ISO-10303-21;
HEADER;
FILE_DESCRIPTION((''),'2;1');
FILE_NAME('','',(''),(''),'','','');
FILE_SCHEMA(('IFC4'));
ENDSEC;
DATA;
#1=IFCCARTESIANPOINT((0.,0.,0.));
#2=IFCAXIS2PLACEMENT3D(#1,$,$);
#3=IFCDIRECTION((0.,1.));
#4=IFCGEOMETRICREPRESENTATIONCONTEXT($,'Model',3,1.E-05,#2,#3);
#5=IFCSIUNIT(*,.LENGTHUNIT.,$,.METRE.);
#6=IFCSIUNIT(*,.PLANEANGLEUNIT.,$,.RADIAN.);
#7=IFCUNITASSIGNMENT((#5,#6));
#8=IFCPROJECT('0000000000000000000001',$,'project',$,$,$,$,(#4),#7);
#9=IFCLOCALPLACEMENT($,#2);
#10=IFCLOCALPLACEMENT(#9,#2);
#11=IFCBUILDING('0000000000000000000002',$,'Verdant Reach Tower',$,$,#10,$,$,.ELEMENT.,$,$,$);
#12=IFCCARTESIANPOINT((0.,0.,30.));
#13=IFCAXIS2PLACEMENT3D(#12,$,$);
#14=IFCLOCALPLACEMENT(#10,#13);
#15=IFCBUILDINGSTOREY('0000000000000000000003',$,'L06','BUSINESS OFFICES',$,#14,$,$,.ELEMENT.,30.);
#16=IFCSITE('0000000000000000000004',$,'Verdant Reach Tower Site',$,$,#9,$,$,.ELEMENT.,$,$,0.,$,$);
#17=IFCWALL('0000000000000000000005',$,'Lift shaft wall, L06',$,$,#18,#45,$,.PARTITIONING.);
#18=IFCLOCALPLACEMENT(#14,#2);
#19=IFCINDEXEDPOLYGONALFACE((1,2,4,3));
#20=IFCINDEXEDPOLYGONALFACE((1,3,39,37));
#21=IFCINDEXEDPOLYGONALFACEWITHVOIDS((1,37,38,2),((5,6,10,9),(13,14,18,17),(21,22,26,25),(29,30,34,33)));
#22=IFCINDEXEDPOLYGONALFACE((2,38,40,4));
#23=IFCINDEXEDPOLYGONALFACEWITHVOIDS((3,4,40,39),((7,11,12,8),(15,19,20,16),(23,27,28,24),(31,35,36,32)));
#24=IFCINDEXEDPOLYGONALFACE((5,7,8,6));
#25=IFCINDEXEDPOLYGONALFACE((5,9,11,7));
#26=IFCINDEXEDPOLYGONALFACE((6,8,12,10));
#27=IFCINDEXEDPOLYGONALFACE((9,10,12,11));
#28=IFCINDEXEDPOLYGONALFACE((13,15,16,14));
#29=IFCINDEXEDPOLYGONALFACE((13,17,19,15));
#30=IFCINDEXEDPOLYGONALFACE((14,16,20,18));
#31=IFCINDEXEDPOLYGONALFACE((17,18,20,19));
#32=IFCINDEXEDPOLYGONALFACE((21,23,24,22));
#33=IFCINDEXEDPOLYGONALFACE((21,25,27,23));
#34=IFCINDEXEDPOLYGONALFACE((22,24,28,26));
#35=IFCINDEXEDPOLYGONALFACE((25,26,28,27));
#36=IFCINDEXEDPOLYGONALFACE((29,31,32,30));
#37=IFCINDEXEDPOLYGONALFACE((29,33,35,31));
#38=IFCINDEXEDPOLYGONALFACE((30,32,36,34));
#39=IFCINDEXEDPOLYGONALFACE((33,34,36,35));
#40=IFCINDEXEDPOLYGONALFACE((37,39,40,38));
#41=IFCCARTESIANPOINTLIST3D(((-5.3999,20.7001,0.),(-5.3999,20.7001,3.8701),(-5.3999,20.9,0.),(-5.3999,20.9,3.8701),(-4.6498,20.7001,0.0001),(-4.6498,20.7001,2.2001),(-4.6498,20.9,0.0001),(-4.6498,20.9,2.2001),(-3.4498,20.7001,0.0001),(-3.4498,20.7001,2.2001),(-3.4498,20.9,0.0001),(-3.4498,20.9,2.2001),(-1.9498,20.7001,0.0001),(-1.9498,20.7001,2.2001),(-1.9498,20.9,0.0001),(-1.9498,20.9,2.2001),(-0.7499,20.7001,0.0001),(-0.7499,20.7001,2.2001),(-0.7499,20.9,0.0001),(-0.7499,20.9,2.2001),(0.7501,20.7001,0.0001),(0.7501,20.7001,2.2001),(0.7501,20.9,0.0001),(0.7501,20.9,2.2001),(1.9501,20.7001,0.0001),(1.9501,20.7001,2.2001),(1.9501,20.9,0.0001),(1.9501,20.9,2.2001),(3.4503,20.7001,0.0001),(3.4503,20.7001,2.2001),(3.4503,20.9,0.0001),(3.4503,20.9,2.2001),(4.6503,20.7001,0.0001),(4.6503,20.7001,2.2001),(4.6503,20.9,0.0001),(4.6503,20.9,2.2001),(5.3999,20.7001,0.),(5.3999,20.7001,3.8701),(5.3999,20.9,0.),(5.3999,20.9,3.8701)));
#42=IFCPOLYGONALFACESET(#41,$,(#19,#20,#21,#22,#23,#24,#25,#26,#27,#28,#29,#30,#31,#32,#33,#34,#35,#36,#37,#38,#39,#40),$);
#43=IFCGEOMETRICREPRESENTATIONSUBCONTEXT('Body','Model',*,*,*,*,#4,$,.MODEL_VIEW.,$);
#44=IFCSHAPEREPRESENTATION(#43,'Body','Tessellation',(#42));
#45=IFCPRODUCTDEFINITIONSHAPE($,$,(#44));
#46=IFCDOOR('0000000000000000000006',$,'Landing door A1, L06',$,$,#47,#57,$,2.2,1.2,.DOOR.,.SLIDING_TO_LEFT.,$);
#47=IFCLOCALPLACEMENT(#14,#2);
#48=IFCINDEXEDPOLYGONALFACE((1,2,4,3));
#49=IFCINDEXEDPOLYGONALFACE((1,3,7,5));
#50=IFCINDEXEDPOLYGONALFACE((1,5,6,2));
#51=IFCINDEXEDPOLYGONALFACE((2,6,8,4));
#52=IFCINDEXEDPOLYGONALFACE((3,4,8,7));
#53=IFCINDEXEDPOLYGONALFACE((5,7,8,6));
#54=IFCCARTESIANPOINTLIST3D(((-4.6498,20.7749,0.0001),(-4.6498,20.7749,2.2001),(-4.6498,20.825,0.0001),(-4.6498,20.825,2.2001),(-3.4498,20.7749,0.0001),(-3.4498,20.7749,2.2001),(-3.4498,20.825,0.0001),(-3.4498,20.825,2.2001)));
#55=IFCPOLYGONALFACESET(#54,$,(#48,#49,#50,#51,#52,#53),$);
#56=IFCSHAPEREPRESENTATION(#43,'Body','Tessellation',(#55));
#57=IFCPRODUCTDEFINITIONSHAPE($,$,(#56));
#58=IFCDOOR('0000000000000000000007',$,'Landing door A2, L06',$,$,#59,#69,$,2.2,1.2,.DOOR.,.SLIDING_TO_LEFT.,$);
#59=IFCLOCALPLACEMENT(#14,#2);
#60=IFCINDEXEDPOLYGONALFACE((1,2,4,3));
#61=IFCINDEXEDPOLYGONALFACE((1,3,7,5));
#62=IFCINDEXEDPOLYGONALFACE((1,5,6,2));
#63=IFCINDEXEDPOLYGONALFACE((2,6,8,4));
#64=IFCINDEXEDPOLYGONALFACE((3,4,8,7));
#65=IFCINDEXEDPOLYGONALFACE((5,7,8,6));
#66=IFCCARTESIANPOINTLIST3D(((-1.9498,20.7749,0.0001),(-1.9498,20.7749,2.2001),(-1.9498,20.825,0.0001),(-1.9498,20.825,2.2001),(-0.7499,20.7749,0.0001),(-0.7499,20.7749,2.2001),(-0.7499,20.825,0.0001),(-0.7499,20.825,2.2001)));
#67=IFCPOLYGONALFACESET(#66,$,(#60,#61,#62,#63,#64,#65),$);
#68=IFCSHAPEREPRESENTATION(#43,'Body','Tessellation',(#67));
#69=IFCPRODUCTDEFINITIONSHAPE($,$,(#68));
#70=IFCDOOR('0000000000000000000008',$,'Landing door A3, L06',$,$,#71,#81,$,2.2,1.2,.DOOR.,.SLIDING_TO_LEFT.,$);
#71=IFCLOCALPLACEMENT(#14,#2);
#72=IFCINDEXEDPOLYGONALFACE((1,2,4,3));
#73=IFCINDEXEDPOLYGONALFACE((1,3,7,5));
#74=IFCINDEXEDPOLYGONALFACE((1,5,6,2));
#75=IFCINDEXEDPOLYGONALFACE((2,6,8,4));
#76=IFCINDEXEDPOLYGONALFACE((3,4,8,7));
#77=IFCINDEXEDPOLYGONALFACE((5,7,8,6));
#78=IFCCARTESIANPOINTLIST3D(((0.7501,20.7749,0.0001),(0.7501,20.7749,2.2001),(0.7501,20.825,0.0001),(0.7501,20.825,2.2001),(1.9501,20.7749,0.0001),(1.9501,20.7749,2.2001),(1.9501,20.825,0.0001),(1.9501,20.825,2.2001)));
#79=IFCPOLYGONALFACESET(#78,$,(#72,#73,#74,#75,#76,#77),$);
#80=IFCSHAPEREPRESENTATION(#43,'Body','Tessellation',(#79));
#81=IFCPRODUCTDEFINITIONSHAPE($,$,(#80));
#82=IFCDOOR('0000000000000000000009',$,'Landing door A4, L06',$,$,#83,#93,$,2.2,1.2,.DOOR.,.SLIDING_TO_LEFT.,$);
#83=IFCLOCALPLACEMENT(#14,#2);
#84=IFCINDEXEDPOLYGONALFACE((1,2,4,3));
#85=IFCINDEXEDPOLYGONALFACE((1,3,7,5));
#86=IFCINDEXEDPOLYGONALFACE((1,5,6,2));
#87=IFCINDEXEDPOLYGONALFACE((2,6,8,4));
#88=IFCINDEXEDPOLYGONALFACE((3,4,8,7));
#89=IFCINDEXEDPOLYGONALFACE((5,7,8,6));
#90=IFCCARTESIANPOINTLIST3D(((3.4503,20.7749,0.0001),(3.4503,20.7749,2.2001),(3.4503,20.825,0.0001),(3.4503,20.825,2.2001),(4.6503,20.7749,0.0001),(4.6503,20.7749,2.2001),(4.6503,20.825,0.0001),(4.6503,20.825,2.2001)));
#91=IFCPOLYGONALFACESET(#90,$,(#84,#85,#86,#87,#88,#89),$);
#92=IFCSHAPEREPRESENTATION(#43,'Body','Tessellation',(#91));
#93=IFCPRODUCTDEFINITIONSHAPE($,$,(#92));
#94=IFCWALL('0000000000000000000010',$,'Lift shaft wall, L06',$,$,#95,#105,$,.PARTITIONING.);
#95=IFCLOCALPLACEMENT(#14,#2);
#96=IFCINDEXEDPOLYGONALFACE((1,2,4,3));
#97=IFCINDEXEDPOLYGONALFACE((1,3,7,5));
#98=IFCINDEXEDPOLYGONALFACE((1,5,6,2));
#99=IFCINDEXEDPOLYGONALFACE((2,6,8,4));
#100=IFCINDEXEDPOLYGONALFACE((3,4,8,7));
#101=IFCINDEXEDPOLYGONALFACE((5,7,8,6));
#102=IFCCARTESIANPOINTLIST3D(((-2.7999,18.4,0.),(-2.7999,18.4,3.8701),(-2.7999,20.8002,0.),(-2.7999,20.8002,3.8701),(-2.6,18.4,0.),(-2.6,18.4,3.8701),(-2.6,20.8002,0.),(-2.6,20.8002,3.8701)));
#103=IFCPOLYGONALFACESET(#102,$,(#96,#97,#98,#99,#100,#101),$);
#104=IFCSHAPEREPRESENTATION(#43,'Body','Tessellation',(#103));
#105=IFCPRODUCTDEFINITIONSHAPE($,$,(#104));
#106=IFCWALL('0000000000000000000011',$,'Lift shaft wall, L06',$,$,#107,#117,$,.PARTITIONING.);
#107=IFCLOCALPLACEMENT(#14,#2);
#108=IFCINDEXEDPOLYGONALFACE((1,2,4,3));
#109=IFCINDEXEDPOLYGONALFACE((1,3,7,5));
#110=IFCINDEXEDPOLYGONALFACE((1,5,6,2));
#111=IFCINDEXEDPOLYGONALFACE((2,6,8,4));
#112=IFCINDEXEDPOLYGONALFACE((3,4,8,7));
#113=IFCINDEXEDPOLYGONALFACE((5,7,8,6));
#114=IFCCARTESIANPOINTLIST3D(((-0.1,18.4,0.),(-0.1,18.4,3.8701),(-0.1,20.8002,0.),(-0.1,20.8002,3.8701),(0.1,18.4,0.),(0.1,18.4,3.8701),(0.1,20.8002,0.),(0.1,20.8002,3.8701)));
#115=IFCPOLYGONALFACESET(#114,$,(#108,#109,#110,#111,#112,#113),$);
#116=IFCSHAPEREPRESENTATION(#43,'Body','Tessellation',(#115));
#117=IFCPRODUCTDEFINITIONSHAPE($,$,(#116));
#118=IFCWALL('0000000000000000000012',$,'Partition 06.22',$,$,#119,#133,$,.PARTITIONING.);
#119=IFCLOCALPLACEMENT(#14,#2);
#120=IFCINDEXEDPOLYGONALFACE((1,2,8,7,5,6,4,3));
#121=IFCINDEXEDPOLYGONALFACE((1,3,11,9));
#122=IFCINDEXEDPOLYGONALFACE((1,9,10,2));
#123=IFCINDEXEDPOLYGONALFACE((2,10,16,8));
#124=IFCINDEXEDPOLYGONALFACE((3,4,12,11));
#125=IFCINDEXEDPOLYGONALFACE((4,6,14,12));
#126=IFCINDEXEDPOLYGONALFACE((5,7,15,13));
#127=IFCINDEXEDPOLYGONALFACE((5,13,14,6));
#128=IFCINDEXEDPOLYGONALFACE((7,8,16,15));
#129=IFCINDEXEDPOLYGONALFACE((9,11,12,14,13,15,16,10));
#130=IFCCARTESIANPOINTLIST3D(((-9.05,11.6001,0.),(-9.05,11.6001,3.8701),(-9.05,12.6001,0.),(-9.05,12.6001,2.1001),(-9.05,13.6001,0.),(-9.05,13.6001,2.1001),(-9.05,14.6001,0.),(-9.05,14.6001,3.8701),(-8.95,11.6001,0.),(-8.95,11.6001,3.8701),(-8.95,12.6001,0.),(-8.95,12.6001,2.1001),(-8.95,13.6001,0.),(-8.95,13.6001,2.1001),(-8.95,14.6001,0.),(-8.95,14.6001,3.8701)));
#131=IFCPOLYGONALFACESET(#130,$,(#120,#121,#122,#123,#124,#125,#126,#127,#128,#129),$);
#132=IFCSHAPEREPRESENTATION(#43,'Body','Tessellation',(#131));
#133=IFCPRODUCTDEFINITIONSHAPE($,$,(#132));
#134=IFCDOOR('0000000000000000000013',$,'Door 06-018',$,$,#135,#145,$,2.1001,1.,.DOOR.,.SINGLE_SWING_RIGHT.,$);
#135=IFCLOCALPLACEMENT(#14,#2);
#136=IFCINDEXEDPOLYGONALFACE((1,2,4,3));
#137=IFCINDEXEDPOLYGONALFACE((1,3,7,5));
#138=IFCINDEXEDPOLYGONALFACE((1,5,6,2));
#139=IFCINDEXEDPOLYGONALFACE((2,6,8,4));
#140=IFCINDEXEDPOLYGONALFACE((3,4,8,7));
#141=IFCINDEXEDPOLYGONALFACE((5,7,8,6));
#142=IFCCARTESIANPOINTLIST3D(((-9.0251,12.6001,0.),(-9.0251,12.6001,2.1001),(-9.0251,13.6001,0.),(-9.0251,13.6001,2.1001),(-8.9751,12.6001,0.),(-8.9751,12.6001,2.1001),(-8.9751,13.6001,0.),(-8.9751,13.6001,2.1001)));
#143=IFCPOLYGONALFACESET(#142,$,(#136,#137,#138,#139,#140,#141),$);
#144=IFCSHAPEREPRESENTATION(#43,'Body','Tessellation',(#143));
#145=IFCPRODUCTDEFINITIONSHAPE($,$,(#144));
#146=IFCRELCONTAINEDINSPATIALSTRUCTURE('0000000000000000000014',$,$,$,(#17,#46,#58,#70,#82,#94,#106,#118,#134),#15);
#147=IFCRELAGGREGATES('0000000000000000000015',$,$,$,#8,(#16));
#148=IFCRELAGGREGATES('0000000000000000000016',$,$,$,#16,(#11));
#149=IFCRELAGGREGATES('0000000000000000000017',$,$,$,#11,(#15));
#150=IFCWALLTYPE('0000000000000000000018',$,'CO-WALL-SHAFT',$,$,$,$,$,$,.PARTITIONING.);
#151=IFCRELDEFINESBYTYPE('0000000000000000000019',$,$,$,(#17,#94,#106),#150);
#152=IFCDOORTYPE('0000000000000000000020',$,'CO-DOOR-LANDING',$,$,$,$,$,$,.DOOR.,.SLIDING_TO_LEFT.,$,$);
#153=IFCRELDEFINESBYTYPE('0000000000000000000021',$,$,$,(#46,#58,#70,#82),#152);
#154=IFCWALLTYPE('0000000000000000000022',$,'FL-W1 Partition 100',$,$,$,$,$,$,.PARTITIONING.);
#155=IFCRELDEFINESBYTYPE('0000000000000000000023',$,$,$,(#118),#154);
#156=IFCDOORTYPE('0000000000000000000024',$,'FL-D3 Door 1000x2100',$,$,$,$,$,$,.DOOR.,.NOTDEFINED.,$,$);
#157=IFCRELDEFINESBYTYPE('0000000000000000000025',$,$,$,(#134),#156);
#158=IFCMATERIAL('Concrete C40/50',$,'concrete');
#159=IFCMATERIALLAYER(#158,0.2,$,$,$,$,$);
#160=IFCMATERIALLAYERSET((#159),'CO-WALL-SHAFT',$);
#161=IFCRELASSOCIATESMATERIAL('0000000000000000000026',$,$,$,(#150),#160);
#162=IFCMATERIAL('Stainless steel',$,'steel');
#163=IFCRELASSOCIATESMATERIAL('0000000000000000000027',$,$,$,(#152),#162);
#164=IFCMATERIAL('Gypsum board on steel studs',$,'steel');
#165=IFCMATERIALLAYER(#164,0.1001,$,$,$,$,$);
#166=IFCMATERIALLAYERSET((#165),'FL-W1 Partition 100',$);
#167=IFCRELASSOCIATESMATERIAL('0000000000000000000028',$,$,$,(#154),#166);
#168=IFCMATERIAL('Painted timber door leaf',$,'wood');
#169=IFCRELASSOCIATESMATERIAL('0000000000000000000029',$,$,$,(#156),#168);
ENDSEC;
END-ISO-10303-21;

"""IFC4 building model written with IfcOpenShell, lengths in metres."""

from ifc_helpers import new_model, si_unit, direction, frame, frame_2d, origin, place, context, subcontext, project, spatial, rectangle, extrude, material, layer, layer_set, type_object, element, fill, save


model = new_model("IFC4")

# Units and contexts
model_context = context("Model", 3, precision=1e-05, world=origin(), true_north=direction((0.0, 1.0)))
body_context = subcontext(model_context, "Body", "Model", "MODEL_VIEW")
ifc_project = project(units=[si_unit("LENGTHUNIT", "METRE"), si_unit("PLANEANGLEUNIT", "RADIAN")], contexts=[model_context])

# Site, building, storey
site_placement = place(None, origin())
site = spatial("IfcSite", under=ifc_project, at=site_placement, Name="Verdant Reach Tower Site", CompositionType="ELEMENT", RefElevation=0.0)
building_placement = place(site_placement, origin())
building = spatial("IfcBuilding", under=site, at=building_placement, Name="Verdant Reach Tower", CompositionType="ELEMENT")
storey_placement = place(building_placement, frame((0.0, 0.0, 30.0)))
storey = spatial("IfcBuildingStorey", under=building, at=storey_placement, Name="L06", Description="BUSINESS OFFICES", CompositionType="ELEMENT", Elevation=30.0)

# Shared definitions
ifc_material_1 = material(Name="Gypsum board on steel studs", Category="steel")

# Wall, openings, doors
ifc_material_2 = material(Name="Concrete C40/50", Category="concrete")
ifc_layer_1 = layer(ifc_material_2, 0.2)
ifc_layer_set_1 = layer_set([ifc_layer_1], Name="CO-WALL-SHAFT")
wall_type_1 = type_object("IfcWallType", Name="CO-WALL-SHAFT", PredefinedType="PARTITIONING", material=ifc_layer_set_1)
wall_1_placement = place(storey_placement, frame((-5.3999, 20.8, 0.0), z_axis=(0.0, 0.0, 1.0), x_axis=(1.0, 0.0, 0.0)))
wall_1 = element("IfcWall", 1, at=wall_1_placement, inside=storey, type_object=wall_type_1, Name="Lift shaft wall, L06", PredefinedType="PARTITIONING", context=body_context, shape_type="SweptSolid", body=[
    extrude(rectangle(XDim=10.7998, YDim=0.2, at=frame_2d((5.3999, 0.0))), origin(), (0.0, 0.0, 1.0), 3.8701),
])
opening_1_placement = place(wall_1_placement, frame((0.75, 0.0, 0.0)))
opening_1 = element("IfcOpeningElement", 2, at=opening_1_placement, cuts=wall_1, PredefinedType="OPENING", context=body_context, shape_type="SweptSolid", body=[
    extrude(rectangle(XDim=1.2, YDim=2.2, at=frame_2d((0.6001, 1.1001))), frame((0.0, 0.1099, 0.0), z_axis=(0.0, -1.0, 0.0), x_axis=(1.0, 0.0, 0.0)), (0.0, 0.0, 1.0), 0.22),
])
opening_2_placement = place(wall_1_placement, frame((3.45, 0.0, 0.0)))
opening_2 = element("IfcOpeningElement", 3, at=opening_2_placement, cuts=wall_1, PredefinedType="OPENING", context=body_context, shape_type="SweptSolid", body=[
    extrude(rectangle(XDim=1.2, YDim=2.2, at=frame_2d((0.6001, 1.1001))), frame((0.0, 0.1099, 0.0), z_axis=(0.0, -1.0, 0.0), x_axis=(1.0, 0.0, 0.0)), (0.0, 0.0, 1.0), 0.22),
])
opening_3_placement = place(wall_1_placement, frame((6.1499, 0.0, 0.0)))
opening_3 = element("IfcOpeningElement", 4, at=opening_3_placement, cuts=wall_1, PredefinedType="OPENING", context=body_context, shape_type="SweptSolid", body=[
    extrude(rectangle(XDim=1.2, YDim=2.2, at=frame_2d((0.6001, 1.1001))), frame((0.0, 0.1099, 0.0), z_axis=(0.0, -1.0, 0.0), x_axis=(1.0, 0.0, 0.0)), (0.0, 0.0, 1.0), 0.22),
])
opening_4_placement = place(wall_1_placement, frame((8.8501, 0.0, 0.0)))
opening_4 = element("IfcOpeningElement", 5, at=opening_4_placement, cuts=wall_1, PredefinedType="OPENING", context=body_context, shape_type="SweptSolid", body=[
    extrude(rectangle(XDim=1.2, YDim=2.2, at=frame_2d((0.6001, 1.1001))), frame((0.0, 0.1099, 0.0), z_axis=(0.0, -1.0, 0.0), x_axis=(1.0, 0.0, 0.0)), (0.0, 0.0, 1.0), 0.22),
])
ifc_material_3 = material(Name="Stainless steel", Category="steel")
door_type_1 = type_object("IfcDoorType", Name="CO-DOOR-LANDING", OperationType="SLIDING_TO_LEFT", PredefinedType="DOOR", material=ifc_material_3)
door_1_placement = place(opening_1_placement, origin())
door_1 = element("IfcDoor", 6, at=door_1_placement, inside=storey, type_object=door_type_1, Name="Landing door A1, L06", OperationType="SLIDING_TO_LEFT", OverallHeight=2.2, OverallWidth=1.2, PredefinedType="DOOR", context=body_context, shape_type="SweptSolid", body=[
    extrude(rectangle(XDim=1.2, YDim=2.2, at=frame_2d((0.6001, 1.1001))), frame((0.0, 0.0249, 0.0), z_axis=(0.0, -1.0, 0.0), x_axis=(1.0, 0.0, 0.0)), (0.0, 0.0, 1.0), 0.05),
])
fill(opening_1, door_1)
door_2_placement = place(opening_2_placement, origin())
door_2 = element("IfcDoor", 7, at=door_2_placement, inside=storey, type_object=door_type_1, Name="Landing door A2, L06", OperationType="SLIDING_TO_LEFT", OverallHeight=2.2, OverallWidth=1.2, PredefinedType="DOOR", context=body_context, shape_type="SweptSolid", body=[
    extrude(rectangle(XDim=1.2, YDim=2.2, at=frame_2d((0.6001, 1.1001))), frame((0.0, 0.0249, 0.0), z_axis=(0.0, -1.0, 0.0), x_axis=(1.0, 0.0, 0.0)), (0.0, 0.0, 1.0), 0.05),
])
fill(opening_2, door_2)
door_3_placement = place(opening_3_placement, origin())
door_3 = element("IfcDoor", 8, at=door_3_placement, inside=storey, type_object=door_type_1, Name="Landing door A3, L06", OperationType="SLIDING_TO_LEFT", OverallHeight=2.2, OverallWidth=1.2, PredefinedType="DOOR", context=body_context, shape_type="SweptSolid", body=[
    extrude(rectangle(XDim=1.2, YDim=2.2, at=frame_2d((0.6001, 1.1001))), frame((0.0, 0.0249, 0.0), z_axis=(0.0, -1.0, 0.0), x_axis=(1.0, 0.0, 0.0)), (0.0, 0.0, 1.0), 0.05),
])
fill(opening_3, door_3)
door_4_placement = place(opening_4_placement, origin())
door_4 = element("IfcDoor", 9, at=door_4_placement, inside=storey, type_object=door_type_1, Name="Landing door A4, L06", OperationType="SLIDING_TO_LEFT", OverallHeight=2.2, OverallWidth=1.2, PredefinedType="DOOR", context=body_context, shape_type="SweptSolid", body=[
    extrude(rectangle(XDim=1.2, YDim=2.2, at=frame_2d((0.6001, 1.1001))), frame((0.0, 0.0249, 0.0), z_axis=(0.0, -1.0, 0.0), x_axis=(1.0, 0.0, 0.0)), (0.0, 0.0, 1.0), 0.05),
])
fill(opening_4, door_4)

# Walls
for number, where, z_axis, x_axis, name in (
    (10, (-2.7, 18.3999, 0.0), (0.0, 0.0, 1.0), (0.0, 1.0, 0.0), "Lift shaft wall, L06"),
    (11, (0.0, 18.3999, 0.0), (0.0, 0.0, 1.0), (0.0, 1.0, 0.0), "Lift shaft wall, L06"),
):
    element("IfcWall", number, at=place(storey_placement, frame(where, z_axis=z_axis, x_axis=x_axis)), inside=storey, type_object=wall_type_1, Name=name, PredefinedType="PARTITIONING", context=body_context, shape_type="SweptSolid", body=[
        extrude(rectangle(XDim=2.4001, YDim=0.2, at=frame_2d((1.2002, 0.0))), origin(), (0.0, 0.0, 1.0), 3.8701),
    ])

# Wall, opening, door
ifc_layer_2 = layer(ifc_material_1, 0.1001)
ifc_layer_set_2 = layer_set([ifc_layer_2], Name="FL-W1 Partition 100")
wall_type_2 = type_object("IfcWallType", Name="FL-W1 Partition 100", PredefinedType="PARTITIONING", material=ifc_layer_set_2)
wall_2_placement = place(storey_placement, frame((-9.0, 14.6001, 0.0), z_axis=(0.0, 0.0, 1.0), x_axis=(0.0, -1.0, 0.0)))
wall_2 = element("IfcWall", 12, at=wall_2_placement, inside=storey, type_object=wall_type_2, Name="Partition 06.22", PredefinedType="PARTITIONING", context=body_context, shape_type="SweptSolid", body=[
    extrude(rectangle(XDim=3.0, YDim=0.1001, at=frame_2d((1.5, 0.0))), origin(), (0.0, 0.0, 1.0), 3.8701),
])
opening_5_placement = place(wall_2_placement, frame((1.0, 0.0, 0.0)))
opening_5 = element("IfcOpeningElement", 13, at=opening_5_placement, cuts=wall_2, PredefinedType="OPENING", context=body_context, shape_type="SweptSolid", body=[
    extrude(rectangle(XDim=1.0, YDim=2.1001, at=frame_2d((0.5, 1.05))), frame((0.0, 0.0601, 0.0), z_axis=(0.0, -1.0, 0.0), x_axis=(1.0, 0.0, 0.0)), (0.0, 0.0, 1.0), 0.1201),
])
ifc_material_4 = material(Name="Painted timber door leaf", Category="wood")
door_type_2 = type_object("IfcDoorType", Name="FL-D3 Door 1000x2100", OperationType="NOTDEFINED", PredefinedType="DOOR", material=ifc_material_4)
door_5_placement = place(opening_5_placement, origin())
door_5 = element("IfcDoor", 14, at=door_5_placement, inside=storey, type_object=door_type_2, Name="Door 06-018", OperationType="SINGLE_SWING_RIGHT", OverallHeight=2.1001, OverallWidth=1.0, PredefinedType="DOOR", context=body_context, shape_type="SweptSolid", body=[
    extrude(rectangle(XDim=1.0, YDim=2.1001, at=frame_2d((0.5, 1.05))), frame((0.0, 0.0249, 0.0), z_axis=(0.0, -1.0, 0.0), x_axis=(1.0, 0.0, 0.0)), (0.0, 0.0, 1.0), 0.05),
])
fill(opening_5, door_5)

save(model, "model.ifc")
